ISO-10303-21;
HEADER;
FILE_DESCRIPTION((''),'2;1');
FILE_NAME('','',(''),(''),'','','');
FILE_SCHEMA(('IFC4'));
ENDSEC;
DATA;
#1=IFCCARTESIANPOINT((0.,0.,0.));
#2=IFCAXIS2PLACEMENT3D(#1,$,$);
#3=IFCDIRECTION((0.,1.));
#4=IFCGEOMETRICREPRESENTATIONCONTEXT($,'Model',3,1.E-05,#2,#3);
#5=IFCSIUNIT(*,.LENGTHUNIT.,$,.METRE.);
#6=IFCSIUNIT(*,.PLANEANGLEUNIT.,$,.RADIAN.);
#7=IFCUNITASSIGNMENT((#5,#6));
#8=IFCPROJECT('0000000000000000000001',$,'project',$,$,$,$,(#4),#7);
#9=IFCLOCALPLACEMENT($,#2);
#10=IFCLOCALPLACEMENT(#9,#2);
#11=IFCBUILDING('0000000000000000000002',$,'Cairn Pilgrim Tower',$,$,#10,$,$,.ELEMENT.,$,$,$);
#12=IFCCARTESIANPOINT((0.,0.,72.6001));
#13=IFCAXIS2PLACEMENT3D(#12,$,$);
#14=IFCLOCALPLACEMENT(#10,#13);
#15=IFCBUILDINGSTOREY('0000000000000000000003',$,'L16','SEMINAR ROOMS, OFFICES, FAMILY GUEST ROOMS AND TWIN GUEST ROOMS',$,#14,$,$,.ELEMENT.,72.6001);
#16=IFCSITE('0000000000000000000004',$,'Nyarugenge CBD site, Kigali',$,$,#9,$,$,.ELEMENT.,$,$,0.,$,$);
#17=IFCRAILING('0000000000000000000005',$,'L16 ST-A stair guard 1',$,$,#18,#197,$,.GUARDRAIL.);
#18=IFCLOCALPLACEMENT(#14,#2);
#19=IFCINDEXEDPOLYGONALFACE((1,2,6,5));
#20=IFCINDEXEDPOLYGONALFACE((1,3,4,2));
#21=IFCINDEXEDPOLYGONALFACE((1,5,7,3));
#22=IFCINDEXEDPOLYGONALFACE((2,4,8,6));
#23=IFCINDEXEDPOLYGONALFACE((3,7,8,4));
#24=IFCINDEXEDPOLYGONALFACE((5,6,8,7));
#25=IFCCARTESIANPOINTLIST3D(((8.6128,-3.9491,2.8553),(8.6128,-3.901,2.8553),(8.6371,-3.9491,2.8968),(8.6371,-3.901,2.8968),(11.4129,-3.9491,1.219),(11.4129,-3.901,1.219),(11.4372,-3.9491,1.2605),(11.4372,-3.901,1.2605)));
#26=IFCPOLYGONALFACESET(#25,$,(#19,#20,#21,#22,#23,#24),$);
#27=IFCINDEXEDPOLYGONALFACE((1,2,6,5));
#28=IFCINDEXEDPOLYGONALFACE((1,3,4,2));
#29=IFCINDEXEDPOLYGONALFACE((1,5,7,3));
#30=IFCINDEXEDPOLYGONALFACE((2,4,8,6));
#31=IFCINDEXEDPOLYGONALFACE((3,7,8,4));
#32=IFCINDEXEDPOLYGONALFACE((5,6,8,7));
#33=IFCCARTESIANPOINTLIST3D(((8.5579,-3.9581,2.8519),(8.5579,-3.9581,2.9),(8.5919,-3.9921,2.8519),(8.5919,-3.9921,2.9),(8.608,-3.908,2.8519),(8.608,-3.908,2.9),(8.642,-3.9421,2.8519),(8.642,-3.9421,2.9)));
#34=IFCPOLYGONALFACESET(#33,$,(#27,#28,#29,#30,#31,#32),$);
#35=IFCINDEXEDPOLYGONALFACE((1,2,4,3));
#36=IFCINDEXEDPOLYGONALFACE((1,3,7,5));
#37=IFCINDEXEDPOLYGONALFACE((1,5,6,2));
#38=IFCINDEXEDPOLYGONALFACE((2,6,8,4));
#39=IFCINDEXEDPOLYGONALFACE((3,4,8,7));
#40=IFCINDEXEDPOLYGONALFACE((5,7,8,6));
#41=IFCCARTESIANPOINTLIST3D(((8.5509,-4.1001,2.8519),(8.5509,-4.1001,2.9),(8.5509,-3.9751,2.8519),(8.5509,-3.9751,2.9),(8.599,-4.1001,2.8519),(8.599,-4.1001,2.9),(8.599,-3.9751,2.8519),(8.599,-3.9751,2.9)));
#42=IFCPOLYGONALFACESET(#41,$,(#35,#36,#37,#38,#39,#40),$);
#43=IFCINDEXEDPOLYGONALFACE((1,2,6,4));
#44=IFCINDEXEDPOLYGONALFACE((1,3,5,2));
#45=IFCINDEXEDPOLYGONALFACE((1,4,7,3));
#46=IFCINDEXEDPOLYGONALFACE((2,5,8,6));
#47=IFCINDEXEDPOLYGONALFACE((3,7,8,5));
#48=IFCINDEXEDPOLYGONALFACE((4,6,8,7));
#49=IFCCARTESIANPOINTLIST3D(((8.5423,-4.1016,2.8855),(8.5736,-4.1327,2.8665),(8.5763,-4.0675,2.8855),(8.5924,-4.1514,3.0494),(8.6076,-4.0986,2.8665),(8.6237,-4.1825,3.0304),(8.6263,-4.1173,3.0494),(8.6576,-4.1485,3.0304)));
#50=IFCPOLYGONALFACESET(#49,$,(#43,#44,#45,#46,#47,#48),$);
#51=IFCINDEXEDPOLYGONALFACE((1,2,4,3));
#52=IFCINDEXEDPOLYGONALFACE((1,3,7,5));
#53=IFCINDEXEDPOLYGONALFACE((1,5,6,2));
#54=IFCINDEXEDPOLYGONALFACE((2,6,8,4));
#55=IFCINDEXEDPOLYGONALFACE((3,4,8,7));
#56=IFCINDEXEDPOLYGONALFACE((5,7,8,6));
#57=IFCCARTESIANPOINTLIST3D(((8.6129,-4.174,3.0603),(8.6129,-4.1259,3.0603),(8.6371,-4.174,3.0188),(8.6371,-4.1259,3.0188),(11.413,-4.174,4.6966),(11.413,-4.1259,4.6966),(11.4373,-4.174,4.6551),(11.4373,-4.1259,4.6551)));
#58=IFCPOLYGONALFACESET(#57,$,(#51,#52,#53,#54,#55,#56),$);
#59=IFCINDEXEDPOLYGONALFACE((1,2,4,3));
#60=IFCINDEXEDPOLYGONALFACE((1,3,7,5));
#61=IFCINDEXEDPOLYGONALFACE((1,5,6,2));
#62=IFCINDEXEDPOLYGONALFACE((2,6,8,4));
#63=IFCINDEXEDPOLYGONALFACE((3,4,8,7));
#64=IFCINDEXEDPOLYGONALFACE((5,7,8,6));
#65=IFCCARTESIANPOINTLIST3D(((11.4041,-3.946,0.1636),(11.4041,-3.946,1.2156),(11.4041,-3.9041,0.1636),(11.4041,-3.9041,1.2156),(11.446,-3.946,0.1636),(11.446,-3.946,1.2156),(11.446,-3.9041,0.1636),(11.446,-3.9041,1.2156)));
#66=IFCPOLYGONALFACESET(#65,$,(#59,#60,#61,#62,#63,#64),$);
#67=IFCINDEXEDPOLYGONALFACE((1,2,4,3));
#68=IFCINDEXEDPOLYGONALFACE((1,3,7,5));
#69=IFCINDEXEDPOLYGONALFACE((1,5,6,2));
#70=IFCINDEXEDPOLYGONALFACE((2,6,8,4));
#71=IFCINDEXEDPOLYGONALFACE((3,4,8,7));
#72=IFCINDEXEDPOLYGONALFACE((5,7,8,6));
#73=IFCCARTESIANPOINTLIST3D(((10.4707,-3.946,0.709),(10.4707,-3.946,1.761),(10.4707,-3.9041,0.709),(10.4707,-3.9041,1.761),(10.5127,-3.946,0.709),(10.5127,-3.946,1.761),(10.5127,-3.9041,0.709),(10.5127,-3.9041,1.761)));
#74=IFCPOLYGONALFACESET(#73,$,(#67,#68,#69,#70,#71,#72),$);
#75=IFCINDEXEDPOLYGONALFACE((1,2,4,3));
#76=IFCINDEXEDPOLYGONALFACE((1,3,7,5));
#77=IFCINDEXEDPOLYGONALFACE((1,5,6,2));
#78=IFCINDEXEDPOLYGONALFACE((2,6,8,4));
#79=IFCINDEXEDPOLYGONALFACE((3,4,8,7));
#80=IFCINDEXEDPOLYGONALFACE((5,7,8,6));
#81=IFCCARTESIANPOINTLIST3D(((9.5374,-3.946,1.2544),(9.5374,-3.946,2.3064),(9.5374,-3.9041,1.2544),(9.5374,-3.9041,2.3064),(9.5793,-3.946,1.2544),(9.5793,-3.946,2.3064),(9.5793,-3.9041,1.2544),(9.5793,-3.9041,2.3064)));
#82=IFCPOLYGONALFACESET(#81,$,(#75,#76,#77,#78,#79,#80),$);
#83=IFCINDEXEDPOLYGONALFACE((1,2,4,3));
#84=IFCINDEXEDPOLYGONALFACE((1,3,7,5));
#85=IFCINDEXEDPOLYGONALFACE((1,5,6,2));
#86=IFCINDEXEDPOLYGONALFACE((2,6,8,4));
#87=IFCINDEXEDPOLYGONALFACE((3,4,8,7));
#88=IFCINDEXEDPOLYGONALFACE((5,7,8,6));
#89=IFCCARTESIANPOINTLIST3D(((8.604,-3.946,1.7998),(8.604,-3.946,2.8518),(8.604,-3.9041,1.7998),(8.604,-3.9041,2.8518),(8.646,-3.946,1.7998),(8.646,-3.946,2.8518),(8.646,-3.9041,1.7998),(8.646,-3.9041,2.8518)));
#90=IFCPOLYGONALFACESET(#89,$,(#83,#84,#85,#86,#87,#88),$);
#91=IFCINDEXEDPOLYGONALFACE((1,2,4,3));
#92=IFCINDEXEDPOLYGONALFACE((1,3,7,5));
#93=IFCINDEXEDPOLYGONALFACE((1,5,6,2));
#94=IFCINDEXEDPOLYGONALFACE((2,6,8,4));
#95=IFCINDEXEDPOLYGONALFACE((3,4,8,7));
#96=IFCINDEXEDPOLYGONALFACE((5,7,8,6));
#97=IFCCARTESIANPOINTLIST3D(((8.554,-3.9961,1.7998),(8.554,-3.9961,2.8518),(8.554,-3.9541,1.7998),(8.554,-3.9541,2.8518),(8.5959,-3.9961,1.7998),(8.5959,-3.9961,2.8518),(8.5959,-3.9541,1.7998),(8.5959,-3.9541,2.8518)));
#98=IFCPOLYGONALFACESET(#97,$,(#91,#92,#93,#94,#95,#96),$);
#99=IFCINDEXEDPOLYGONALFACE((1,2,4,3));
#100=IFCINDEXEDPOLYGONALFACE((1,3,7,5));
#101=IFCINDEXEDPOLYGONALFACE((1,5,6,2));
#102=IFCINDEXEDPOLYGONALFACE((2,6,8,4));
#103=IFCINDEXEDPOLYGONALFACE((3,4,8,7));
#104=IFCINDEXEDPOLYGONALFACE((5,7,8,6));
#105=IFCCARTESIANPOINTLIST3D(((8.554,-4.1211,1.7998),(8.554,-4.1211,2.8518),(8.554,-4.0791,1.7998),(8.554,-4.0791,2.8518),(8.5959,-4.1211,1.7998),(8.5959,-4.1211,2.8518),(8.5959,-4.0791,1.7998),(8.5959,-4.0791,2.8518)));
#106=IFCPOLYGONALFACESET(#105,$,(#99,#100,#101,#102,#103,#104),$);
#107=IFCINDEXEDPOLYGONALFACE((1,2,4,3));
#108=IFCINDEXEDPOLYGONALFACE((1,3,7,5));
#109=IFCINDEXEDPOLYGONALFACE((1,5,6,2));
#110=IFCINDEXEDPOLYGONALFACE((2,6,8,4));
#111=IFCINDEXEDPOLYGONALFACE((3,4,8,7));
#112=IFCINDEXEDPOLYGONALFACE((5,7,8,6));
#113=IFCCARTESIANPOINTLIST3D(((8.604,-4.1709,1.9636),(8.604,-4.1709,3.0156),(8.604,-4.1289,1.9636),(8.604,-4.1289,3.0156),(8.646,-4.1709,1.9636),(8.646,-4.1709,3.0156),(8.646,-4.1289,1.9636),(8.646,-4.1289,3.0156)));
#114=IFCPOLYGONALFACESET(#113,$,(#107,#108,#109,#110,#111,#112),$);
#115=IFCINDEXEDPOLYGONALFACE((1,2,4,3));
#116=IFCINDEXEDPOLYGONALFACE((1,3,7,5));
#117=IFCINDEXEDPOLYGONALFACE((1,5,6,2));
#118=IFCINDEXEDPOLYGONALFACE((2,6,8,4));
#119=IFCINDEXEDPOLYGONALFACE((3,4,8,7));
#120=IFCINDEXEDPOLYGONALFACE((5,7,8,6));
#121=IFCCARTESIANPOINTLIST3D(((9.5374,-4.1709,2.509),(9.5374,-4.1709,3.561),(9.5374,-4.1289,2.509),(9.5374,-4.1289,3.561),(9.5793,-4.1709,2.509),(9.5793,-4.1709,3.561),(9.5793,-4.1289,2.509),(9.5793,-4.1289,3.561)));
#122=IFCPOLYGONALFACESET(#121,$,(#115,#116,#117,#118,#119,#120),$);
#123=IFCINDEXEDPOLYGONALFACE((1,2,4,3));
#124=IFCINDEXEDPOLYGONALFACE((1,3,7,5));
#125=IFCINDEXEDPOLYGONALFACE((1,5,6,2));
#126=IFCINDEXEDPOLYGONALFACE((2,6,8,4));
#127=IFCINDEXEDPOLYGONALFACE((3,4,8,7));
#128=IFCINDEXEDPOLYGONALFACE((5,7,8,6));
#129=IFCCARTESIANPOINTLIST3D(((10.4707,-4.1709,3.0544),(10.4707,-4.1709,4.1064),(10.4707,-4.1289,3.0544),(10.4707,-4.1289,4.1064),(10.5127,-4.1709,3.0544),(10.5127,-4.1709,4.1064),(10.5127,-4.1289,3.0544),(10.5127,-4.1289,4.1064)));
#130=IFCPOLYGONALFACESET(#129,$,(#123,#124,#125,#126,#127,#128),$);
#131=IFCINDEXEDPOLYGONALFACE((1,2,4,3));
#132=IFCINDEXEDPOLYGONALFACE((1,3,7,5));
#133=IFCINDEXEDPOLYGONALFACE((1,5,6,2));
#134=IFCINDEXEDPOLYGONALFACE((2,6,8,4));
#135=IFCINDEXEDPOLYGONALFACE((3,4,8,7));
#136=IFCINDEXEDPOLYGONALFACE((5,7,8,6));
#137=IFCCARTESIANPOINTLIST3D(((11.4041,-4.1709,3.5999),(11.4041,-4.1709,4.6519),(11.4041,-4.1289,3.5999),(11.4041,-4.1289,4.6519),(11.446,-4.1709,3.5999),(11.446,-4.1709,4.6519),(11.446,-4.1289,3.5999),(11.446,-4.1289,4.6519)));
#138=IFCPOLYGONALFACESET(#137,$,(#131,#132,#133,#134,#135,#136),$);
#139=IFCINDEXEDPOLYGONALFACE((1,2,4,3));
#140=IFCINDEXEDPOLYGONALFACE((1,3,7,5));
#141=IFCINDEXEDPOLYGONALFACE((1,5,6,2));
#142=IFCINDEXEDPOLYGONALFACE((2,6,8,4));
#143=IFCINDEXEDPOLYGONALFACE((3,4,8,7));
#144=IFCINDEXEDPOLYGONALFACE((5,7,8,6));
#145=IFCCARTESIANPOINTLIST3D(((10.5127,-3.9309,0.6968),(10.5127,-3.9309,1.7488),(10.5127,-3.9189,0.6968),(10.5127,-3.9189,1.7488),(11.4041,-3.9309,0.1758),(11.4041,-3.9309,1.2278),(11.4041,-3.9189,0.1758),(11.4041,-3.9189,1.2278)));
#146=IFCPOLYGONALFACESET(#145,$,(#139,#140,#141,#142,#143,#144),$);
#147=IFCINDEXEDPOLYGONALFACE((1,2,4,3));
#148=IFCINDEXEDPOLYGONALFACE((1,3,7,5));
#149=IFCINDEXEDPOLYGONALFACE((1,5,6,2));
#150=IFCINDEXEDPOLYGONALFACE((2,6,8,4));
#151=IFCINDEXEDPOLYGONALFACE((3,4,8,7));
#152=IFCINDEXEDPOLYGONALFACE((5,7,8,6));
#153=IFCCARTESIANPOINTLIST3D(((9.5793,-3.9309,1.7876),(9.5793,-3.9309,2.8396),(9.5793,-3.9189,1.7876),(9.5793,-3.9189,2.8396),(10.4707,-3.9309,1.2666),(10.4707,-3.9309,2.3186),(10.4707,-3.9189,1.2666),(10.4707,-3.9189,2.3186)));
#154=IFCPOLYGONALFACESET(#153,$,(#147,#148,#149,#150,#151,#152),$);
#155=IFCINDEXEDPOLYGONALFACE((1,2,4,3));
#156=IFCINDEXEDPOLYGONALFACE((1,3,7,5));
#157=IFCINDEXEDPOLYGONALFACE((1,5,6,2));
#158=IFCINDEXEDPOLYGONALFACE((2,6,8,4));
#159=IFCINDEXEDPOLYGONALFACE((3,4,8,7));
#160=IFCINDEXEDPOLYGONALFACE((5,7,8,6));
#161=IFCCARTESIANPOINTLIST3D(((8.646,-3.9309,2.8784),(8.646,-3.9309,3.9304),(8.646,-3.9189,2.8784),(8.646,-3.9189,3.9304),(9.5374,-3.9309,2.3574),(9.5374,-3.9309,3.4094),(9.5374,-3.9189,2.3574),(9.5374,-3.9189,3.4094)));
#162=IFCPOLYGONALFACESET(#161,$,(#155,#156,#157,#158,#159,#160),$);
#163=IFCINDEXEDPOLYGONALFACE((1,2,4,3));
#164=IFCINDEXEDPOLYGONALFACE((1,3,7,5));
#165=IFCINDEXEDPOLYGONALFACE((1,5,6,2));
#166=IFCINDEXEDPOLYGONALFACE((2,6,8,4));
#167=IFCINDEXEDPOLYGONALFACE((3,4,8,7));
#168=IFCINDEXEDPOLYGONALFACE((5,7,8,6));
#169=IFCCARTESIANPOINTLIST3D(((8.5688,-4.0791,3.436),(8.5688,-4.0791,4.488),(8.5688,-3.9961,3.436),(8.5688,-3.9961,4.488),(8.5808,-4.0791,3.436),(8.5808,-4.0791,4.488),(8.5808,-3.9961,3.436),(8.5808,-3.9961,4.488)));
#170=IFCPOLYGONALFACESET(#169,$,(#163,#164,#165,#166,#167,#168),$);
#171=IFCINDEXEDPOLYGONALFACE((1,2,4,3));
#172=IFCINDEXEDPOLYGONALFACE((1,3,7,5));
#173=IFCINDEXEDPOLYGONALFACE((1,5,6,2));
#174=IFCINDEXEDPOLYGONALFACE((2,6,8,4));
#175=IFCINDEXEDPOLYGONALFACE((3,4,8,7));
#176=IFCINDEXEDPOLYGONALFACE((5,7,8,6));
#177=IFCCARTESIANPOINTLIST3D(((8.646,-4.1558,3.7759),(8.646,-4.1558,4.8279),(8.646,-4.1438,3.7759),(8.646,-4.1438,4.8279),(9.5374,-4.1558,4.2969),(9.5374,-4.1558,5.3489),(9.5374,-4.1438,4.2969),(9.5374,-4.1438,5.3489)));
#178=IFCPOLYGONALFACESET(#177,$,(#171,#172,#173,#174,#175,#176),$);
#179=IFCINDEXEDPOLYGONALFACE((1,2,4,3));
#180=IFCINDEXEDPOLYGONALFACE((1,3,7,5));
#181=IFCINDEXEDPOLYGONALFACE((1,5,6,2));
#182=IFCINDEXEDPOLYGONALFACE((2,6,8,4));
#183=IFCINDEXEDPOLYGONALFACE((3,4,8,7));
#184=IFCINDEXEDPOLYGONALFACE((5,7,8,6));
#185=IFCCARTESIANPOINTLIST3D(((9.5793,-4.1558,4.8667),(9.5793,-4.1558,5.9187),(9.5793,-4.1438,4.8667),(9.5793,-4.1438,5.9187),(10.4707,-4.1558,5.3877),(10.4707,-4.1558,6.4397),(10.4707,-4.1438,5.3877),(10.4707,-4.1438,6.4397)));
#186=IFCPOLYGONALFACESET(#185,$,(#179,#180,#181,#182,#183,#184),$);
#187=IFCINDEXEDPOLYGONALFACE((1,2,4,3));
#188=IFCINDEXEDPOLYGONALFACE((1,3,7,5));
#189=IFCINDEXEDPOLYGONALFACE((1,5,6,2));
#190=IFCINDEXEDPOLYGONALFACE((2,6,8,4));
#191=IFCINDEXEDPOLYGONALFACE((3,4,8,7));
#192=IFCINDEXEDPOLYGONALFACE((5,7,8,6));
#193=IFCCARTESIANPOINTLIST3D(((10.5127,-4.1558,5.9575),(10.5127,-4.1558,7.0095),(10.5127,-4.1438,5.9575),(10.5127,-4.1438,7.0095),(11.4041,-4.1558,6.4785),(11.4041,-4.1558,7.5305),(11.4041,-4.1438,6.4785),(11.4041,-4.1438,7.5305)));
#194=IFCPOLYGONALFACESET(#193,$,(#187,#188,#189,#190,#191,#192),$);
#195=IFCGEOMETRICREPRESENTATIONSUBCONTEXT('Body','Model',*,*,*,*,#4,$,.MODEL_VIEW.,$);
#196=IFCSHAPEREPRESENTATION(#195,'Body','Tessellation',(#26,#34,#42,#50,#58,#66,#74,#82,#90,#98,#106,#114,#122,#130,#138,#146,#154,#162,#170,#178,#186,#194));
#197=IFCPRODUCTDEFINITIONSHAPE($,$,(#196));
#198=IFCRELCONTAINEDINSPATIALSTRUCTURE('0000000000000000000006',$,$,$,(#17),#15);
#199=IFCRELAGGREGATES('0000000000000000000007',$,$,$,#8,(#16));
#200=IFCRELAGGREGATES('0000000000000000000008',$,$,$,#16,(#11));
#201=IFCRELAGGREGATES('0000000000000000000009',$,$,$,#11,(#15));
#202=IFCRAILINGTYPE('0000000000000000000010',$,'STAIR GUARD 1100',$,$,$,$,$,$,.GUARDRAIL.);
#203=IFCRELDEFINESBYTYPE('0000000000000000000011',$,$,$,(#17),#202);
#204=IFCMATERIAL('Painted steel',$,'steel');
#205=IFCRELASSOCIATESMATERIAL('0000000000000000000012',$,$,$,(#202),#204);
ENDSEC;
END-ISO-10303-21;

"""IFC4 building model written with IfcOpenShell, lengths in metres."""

from ifc_helpers import new_model, si_unit, direction, frame, origin, origin_2d, place, context, subcontext, project, spatial, polyline, rectangle, outline, extrude, material, type_object, element, save


model = new_model("IFC4")

# Units and contexts
model_context = context("Model", 3, precision=1e-05, world=origin(), true_north=direction((0.0, 1.0)))
body_context = subcontext(model_context, "Body", "Model", "MODEL_VIEW")
ifc_project = project(units=[si_unit("LENGTHUNIT", "METRE"), si_unit("PLANEANGLEUNIT", "RADIAN")], contexts=[model_context])

# Site, building, storey
site_placement = place(None, origin())
site = spatial("IfcSite", under=ifc_project, at=site_placement, Name="Nyarugenge CBD site, Kigali", CompositionType="ELEMENT", RefElevation=0.0)
building_placement = place(site_placement, origin())
building = spatial("IfcBuilding", under=site, at=building_placement, Name="Cairn Pilgrim Tower", CompositionType="ELEMENT")
storey_placement = place(building_placement, frame((0.0, 0.0, 72.6001)))
storey = spatial("IfcBuildingStorey", under=building, at=storey_placement, Name="L16", Description="SEMINAR ROOMS, OFFICES, FAMILY GUEST ROOMS AND TWIN GUEST ROOMS", CompositionType="ELEMENT", Elevation=72.6001)

# Shared definitions
ifc_material_1 = material(Name="Painted steel", Category="steel")

# Railing
railing_type_1 = type_object("IfcRailingType", Name="STAIR GUARD 1100", PredefinedType="GUARDRAIL", material=ifc_material_1)
railing_1_placement = place(storey_placement, frame((11.425, -3.925, 0.1636)))
element("IfcRailing", 1, at=railing_1_placement, inside=storey, type_object=railing_type_1, Name="L16 ST-A stair guard 1", PredefinedType="GUARDRAIL", context=body_context, shape_type="SweptSolid", body=[
    extrude(rectangle(XDim=0.0481, YDim=0.0481, at=origin_2d()), frame((0.0, 0.0, 1.0762), z_axis=(-0.863394, 0.0, 0.504531), x_axis=(0.0, -1.0, 0.0)), (0.0, 0.0, 1.0), 3.2432),
    extrude(rectangle(XDim=0.0481, YDim=0.0481, at=origin_2d()), frame((-2.8, 0.0, 2.7124), z_axis=(-0.707107, -0.707107, 0.0), x_axis=(0.707107, -0.707107, 0.0)), (0.0, 0.0, 1.0), 0.0708),
    extrude(rectangle(XDim=0.0481, YDim=0.0481, at=origin_2d()), frame((-2.8501, -0.05, 2.7124), z_axis=(0.0, -1.0, 0.0), x_axis=(1.0, 0.0, 0.0)), (0.0, 0.0, 1.0), 0.125),
    extrude(rectangle(XDim=0.0481, YDim=0.0481, at=origin_2d()), frame((-2.8501, -0.175, 2.7124), z_axis=(0.280564, -0.279195, 0.918332), x_axis=(0.705376, 0.708834, 0.0)), (0.0, 0.0, 1.0), 0.1785),
    extrude(rectangle(XDim=0.0481, YDim=0.0481, at=origin_2d()), frame((-2.8, -0.2249, 2.876), z_axis=(0.863394, 0.0, 0.504531), x_axis=(0.0, 1.0, 0.0)), (0.0, 0.0, 1.0), 3.2432),
    extrude(rectangle(XDim=0.042, YDim=0.042, at=origin_2d()), origin(), (0.0, 0.0, 1.0), 1.052),
    extrude(rectangle(XDim=0.042, YDim=0.042, at=origin_2d()), frame((-0.9333, 0.0, 0.5454)), (0.0, 0.0, 1.0), 1.052),
    extrude(rectangle(XDim=0.042, YDim=0.042, at=origin_2d()), frame((-1.8667, 0.0, 1.0908)), (0.0, 0.0, 1.0), 1.052),
    extrude(rectangle(XDim=0.042, YDim=0.042, at=origin_2d()), frame((-2.8, 0.0, 1.6362)), (0.0, 0.0, 1.0), 1.052),
    extrude(rectangle(XDim=0.042, YDim=0.042, at=origin_2d()), frame((-2.8501, -0.05, 1.6362)), (0.0, 0.0, 1.0), 1.052),
    extrude(rectangle(XDim=0.042, YDim=0.042, at=origin_2d()), frame((-2.8501, -0.175, 1.6362)), (0.0, 0.0, 1.0), 1.052),
    extrude(rectangle(XDim=0.042, YDim=0.042, at=origin_2d()), frame((-2.8, -0.2249, 1.8)), (0.0, 0.0, 1.0), 1.052),
    extrude(rectangle(XDim=0.042, YDim=0.042, at=origin_2d()), frame((-1.8667, -0.2249, 2.3455)), (0.0, 0.0, 1.0), 1.052),
    extrude(rectangle(XDim=0.042, YDim=0.042, at=origin_2d()), frame((-0.9333, -0.2249, 2.8909)), (0.0, 0.0, 1.0), 1.052),
    extrude(rectangle(XDim=0.042, YDim=0.042, at=origin_2d()), frame((0.0, -0.2249, 3.4363)), (0.0, 0.0, 1.0), 1.052),
    extrude(outline(polyline([(0.021, 0.0122), (0.9124, 0.5332), (0.9124, 1.5852), (0.021, 1.0642), (0.021, 0.0122)])), frame((0.0, -0.0059, 0.0), z_axis=(0.0, 1.0, 0.0), x_axis=(-1.0, 0.0, 0.0)), (0.0, 0.0, 1.0), 0.012),
    extrude(outline(polyline([(0.021, 0.5576), (0.9124, 1.0786), (0.9124, 2.1306), (0.021, 1.6096), (0.021, 0.5576)])), frame((-0.9333, -0.0059, 0.5454), z_axis=(0.0, 1.0, 0.0), x_axis=(-1.0, 0.0, 0.0)), (0.0, 0.0, 1.0), 0.012),
    extrude(outline(polyline([(0.021, 1.103), (0.9124, 1.624), (0.9124, 2.676), (0.021, 2.155), (0.021, 1.103)])), frame((-1.8667, -0.0059, 1.0908), z_axis=(0.0, 1.0, 0.0), x_axis=(-1.0, 0.0, 0.0)), (0.0, 0.0, 1.0), 0.012),
    extrude(outline(polyline([(0.021, 1.6362), (0.104, 1.6362), (0.104, 2.6882), (0.021, 2.6882), (0.021, 1.6362)])), frame((-2.8442, -0.05, 1.6362), z_axis=(-1.0, 0.0, 0.0), x_axis=(0.0, -1.0, 0.0)), (0.0, 0.0, 1.0), 0.012),
    extrude(outline(polyline([(0.021, 1.8123), (0.9124, 2.3333), (0.9124, 3.3853), (0.021, 2.8643), (0.021, 1.8123)])), frame((-2.8, -0.2188, 1.8), z_axis=(0.0, -1.0, 0.0), x_axis=(1.0, 0.0, 0.0)), (0.0, 0.0, 1.0), 0.012),
    extrude(outline(polyline([(0.021, 2.3577), (0.9124, 2.8787), (0.9124, 3.9307), (0.021, 3.4097), (0.021, 2.3577)])), frame((-1.8667, -0.2188, 2.3455), z_axis=(0.0, -1.0, 0.0), x_axis=(1.0, 0.0, 0.0)), (0.0, 0.0, 1.0), 0.012),
    extrude(outline(polyline([(0.021, 2.9031), (0.9124, 3.4241), (0.9124, 4.4761), (0.021, 3.9551), (0.021, 2.9031)])), frame((-0.9333, -0.2188, 2.8909), z_axis=(0.0, -1.0, 0.0), x_axis=(1.0, 0.0, 0.0)), (0.0, 0.0, 1.0), 0.012),
])

save(model, "model.ifc")
